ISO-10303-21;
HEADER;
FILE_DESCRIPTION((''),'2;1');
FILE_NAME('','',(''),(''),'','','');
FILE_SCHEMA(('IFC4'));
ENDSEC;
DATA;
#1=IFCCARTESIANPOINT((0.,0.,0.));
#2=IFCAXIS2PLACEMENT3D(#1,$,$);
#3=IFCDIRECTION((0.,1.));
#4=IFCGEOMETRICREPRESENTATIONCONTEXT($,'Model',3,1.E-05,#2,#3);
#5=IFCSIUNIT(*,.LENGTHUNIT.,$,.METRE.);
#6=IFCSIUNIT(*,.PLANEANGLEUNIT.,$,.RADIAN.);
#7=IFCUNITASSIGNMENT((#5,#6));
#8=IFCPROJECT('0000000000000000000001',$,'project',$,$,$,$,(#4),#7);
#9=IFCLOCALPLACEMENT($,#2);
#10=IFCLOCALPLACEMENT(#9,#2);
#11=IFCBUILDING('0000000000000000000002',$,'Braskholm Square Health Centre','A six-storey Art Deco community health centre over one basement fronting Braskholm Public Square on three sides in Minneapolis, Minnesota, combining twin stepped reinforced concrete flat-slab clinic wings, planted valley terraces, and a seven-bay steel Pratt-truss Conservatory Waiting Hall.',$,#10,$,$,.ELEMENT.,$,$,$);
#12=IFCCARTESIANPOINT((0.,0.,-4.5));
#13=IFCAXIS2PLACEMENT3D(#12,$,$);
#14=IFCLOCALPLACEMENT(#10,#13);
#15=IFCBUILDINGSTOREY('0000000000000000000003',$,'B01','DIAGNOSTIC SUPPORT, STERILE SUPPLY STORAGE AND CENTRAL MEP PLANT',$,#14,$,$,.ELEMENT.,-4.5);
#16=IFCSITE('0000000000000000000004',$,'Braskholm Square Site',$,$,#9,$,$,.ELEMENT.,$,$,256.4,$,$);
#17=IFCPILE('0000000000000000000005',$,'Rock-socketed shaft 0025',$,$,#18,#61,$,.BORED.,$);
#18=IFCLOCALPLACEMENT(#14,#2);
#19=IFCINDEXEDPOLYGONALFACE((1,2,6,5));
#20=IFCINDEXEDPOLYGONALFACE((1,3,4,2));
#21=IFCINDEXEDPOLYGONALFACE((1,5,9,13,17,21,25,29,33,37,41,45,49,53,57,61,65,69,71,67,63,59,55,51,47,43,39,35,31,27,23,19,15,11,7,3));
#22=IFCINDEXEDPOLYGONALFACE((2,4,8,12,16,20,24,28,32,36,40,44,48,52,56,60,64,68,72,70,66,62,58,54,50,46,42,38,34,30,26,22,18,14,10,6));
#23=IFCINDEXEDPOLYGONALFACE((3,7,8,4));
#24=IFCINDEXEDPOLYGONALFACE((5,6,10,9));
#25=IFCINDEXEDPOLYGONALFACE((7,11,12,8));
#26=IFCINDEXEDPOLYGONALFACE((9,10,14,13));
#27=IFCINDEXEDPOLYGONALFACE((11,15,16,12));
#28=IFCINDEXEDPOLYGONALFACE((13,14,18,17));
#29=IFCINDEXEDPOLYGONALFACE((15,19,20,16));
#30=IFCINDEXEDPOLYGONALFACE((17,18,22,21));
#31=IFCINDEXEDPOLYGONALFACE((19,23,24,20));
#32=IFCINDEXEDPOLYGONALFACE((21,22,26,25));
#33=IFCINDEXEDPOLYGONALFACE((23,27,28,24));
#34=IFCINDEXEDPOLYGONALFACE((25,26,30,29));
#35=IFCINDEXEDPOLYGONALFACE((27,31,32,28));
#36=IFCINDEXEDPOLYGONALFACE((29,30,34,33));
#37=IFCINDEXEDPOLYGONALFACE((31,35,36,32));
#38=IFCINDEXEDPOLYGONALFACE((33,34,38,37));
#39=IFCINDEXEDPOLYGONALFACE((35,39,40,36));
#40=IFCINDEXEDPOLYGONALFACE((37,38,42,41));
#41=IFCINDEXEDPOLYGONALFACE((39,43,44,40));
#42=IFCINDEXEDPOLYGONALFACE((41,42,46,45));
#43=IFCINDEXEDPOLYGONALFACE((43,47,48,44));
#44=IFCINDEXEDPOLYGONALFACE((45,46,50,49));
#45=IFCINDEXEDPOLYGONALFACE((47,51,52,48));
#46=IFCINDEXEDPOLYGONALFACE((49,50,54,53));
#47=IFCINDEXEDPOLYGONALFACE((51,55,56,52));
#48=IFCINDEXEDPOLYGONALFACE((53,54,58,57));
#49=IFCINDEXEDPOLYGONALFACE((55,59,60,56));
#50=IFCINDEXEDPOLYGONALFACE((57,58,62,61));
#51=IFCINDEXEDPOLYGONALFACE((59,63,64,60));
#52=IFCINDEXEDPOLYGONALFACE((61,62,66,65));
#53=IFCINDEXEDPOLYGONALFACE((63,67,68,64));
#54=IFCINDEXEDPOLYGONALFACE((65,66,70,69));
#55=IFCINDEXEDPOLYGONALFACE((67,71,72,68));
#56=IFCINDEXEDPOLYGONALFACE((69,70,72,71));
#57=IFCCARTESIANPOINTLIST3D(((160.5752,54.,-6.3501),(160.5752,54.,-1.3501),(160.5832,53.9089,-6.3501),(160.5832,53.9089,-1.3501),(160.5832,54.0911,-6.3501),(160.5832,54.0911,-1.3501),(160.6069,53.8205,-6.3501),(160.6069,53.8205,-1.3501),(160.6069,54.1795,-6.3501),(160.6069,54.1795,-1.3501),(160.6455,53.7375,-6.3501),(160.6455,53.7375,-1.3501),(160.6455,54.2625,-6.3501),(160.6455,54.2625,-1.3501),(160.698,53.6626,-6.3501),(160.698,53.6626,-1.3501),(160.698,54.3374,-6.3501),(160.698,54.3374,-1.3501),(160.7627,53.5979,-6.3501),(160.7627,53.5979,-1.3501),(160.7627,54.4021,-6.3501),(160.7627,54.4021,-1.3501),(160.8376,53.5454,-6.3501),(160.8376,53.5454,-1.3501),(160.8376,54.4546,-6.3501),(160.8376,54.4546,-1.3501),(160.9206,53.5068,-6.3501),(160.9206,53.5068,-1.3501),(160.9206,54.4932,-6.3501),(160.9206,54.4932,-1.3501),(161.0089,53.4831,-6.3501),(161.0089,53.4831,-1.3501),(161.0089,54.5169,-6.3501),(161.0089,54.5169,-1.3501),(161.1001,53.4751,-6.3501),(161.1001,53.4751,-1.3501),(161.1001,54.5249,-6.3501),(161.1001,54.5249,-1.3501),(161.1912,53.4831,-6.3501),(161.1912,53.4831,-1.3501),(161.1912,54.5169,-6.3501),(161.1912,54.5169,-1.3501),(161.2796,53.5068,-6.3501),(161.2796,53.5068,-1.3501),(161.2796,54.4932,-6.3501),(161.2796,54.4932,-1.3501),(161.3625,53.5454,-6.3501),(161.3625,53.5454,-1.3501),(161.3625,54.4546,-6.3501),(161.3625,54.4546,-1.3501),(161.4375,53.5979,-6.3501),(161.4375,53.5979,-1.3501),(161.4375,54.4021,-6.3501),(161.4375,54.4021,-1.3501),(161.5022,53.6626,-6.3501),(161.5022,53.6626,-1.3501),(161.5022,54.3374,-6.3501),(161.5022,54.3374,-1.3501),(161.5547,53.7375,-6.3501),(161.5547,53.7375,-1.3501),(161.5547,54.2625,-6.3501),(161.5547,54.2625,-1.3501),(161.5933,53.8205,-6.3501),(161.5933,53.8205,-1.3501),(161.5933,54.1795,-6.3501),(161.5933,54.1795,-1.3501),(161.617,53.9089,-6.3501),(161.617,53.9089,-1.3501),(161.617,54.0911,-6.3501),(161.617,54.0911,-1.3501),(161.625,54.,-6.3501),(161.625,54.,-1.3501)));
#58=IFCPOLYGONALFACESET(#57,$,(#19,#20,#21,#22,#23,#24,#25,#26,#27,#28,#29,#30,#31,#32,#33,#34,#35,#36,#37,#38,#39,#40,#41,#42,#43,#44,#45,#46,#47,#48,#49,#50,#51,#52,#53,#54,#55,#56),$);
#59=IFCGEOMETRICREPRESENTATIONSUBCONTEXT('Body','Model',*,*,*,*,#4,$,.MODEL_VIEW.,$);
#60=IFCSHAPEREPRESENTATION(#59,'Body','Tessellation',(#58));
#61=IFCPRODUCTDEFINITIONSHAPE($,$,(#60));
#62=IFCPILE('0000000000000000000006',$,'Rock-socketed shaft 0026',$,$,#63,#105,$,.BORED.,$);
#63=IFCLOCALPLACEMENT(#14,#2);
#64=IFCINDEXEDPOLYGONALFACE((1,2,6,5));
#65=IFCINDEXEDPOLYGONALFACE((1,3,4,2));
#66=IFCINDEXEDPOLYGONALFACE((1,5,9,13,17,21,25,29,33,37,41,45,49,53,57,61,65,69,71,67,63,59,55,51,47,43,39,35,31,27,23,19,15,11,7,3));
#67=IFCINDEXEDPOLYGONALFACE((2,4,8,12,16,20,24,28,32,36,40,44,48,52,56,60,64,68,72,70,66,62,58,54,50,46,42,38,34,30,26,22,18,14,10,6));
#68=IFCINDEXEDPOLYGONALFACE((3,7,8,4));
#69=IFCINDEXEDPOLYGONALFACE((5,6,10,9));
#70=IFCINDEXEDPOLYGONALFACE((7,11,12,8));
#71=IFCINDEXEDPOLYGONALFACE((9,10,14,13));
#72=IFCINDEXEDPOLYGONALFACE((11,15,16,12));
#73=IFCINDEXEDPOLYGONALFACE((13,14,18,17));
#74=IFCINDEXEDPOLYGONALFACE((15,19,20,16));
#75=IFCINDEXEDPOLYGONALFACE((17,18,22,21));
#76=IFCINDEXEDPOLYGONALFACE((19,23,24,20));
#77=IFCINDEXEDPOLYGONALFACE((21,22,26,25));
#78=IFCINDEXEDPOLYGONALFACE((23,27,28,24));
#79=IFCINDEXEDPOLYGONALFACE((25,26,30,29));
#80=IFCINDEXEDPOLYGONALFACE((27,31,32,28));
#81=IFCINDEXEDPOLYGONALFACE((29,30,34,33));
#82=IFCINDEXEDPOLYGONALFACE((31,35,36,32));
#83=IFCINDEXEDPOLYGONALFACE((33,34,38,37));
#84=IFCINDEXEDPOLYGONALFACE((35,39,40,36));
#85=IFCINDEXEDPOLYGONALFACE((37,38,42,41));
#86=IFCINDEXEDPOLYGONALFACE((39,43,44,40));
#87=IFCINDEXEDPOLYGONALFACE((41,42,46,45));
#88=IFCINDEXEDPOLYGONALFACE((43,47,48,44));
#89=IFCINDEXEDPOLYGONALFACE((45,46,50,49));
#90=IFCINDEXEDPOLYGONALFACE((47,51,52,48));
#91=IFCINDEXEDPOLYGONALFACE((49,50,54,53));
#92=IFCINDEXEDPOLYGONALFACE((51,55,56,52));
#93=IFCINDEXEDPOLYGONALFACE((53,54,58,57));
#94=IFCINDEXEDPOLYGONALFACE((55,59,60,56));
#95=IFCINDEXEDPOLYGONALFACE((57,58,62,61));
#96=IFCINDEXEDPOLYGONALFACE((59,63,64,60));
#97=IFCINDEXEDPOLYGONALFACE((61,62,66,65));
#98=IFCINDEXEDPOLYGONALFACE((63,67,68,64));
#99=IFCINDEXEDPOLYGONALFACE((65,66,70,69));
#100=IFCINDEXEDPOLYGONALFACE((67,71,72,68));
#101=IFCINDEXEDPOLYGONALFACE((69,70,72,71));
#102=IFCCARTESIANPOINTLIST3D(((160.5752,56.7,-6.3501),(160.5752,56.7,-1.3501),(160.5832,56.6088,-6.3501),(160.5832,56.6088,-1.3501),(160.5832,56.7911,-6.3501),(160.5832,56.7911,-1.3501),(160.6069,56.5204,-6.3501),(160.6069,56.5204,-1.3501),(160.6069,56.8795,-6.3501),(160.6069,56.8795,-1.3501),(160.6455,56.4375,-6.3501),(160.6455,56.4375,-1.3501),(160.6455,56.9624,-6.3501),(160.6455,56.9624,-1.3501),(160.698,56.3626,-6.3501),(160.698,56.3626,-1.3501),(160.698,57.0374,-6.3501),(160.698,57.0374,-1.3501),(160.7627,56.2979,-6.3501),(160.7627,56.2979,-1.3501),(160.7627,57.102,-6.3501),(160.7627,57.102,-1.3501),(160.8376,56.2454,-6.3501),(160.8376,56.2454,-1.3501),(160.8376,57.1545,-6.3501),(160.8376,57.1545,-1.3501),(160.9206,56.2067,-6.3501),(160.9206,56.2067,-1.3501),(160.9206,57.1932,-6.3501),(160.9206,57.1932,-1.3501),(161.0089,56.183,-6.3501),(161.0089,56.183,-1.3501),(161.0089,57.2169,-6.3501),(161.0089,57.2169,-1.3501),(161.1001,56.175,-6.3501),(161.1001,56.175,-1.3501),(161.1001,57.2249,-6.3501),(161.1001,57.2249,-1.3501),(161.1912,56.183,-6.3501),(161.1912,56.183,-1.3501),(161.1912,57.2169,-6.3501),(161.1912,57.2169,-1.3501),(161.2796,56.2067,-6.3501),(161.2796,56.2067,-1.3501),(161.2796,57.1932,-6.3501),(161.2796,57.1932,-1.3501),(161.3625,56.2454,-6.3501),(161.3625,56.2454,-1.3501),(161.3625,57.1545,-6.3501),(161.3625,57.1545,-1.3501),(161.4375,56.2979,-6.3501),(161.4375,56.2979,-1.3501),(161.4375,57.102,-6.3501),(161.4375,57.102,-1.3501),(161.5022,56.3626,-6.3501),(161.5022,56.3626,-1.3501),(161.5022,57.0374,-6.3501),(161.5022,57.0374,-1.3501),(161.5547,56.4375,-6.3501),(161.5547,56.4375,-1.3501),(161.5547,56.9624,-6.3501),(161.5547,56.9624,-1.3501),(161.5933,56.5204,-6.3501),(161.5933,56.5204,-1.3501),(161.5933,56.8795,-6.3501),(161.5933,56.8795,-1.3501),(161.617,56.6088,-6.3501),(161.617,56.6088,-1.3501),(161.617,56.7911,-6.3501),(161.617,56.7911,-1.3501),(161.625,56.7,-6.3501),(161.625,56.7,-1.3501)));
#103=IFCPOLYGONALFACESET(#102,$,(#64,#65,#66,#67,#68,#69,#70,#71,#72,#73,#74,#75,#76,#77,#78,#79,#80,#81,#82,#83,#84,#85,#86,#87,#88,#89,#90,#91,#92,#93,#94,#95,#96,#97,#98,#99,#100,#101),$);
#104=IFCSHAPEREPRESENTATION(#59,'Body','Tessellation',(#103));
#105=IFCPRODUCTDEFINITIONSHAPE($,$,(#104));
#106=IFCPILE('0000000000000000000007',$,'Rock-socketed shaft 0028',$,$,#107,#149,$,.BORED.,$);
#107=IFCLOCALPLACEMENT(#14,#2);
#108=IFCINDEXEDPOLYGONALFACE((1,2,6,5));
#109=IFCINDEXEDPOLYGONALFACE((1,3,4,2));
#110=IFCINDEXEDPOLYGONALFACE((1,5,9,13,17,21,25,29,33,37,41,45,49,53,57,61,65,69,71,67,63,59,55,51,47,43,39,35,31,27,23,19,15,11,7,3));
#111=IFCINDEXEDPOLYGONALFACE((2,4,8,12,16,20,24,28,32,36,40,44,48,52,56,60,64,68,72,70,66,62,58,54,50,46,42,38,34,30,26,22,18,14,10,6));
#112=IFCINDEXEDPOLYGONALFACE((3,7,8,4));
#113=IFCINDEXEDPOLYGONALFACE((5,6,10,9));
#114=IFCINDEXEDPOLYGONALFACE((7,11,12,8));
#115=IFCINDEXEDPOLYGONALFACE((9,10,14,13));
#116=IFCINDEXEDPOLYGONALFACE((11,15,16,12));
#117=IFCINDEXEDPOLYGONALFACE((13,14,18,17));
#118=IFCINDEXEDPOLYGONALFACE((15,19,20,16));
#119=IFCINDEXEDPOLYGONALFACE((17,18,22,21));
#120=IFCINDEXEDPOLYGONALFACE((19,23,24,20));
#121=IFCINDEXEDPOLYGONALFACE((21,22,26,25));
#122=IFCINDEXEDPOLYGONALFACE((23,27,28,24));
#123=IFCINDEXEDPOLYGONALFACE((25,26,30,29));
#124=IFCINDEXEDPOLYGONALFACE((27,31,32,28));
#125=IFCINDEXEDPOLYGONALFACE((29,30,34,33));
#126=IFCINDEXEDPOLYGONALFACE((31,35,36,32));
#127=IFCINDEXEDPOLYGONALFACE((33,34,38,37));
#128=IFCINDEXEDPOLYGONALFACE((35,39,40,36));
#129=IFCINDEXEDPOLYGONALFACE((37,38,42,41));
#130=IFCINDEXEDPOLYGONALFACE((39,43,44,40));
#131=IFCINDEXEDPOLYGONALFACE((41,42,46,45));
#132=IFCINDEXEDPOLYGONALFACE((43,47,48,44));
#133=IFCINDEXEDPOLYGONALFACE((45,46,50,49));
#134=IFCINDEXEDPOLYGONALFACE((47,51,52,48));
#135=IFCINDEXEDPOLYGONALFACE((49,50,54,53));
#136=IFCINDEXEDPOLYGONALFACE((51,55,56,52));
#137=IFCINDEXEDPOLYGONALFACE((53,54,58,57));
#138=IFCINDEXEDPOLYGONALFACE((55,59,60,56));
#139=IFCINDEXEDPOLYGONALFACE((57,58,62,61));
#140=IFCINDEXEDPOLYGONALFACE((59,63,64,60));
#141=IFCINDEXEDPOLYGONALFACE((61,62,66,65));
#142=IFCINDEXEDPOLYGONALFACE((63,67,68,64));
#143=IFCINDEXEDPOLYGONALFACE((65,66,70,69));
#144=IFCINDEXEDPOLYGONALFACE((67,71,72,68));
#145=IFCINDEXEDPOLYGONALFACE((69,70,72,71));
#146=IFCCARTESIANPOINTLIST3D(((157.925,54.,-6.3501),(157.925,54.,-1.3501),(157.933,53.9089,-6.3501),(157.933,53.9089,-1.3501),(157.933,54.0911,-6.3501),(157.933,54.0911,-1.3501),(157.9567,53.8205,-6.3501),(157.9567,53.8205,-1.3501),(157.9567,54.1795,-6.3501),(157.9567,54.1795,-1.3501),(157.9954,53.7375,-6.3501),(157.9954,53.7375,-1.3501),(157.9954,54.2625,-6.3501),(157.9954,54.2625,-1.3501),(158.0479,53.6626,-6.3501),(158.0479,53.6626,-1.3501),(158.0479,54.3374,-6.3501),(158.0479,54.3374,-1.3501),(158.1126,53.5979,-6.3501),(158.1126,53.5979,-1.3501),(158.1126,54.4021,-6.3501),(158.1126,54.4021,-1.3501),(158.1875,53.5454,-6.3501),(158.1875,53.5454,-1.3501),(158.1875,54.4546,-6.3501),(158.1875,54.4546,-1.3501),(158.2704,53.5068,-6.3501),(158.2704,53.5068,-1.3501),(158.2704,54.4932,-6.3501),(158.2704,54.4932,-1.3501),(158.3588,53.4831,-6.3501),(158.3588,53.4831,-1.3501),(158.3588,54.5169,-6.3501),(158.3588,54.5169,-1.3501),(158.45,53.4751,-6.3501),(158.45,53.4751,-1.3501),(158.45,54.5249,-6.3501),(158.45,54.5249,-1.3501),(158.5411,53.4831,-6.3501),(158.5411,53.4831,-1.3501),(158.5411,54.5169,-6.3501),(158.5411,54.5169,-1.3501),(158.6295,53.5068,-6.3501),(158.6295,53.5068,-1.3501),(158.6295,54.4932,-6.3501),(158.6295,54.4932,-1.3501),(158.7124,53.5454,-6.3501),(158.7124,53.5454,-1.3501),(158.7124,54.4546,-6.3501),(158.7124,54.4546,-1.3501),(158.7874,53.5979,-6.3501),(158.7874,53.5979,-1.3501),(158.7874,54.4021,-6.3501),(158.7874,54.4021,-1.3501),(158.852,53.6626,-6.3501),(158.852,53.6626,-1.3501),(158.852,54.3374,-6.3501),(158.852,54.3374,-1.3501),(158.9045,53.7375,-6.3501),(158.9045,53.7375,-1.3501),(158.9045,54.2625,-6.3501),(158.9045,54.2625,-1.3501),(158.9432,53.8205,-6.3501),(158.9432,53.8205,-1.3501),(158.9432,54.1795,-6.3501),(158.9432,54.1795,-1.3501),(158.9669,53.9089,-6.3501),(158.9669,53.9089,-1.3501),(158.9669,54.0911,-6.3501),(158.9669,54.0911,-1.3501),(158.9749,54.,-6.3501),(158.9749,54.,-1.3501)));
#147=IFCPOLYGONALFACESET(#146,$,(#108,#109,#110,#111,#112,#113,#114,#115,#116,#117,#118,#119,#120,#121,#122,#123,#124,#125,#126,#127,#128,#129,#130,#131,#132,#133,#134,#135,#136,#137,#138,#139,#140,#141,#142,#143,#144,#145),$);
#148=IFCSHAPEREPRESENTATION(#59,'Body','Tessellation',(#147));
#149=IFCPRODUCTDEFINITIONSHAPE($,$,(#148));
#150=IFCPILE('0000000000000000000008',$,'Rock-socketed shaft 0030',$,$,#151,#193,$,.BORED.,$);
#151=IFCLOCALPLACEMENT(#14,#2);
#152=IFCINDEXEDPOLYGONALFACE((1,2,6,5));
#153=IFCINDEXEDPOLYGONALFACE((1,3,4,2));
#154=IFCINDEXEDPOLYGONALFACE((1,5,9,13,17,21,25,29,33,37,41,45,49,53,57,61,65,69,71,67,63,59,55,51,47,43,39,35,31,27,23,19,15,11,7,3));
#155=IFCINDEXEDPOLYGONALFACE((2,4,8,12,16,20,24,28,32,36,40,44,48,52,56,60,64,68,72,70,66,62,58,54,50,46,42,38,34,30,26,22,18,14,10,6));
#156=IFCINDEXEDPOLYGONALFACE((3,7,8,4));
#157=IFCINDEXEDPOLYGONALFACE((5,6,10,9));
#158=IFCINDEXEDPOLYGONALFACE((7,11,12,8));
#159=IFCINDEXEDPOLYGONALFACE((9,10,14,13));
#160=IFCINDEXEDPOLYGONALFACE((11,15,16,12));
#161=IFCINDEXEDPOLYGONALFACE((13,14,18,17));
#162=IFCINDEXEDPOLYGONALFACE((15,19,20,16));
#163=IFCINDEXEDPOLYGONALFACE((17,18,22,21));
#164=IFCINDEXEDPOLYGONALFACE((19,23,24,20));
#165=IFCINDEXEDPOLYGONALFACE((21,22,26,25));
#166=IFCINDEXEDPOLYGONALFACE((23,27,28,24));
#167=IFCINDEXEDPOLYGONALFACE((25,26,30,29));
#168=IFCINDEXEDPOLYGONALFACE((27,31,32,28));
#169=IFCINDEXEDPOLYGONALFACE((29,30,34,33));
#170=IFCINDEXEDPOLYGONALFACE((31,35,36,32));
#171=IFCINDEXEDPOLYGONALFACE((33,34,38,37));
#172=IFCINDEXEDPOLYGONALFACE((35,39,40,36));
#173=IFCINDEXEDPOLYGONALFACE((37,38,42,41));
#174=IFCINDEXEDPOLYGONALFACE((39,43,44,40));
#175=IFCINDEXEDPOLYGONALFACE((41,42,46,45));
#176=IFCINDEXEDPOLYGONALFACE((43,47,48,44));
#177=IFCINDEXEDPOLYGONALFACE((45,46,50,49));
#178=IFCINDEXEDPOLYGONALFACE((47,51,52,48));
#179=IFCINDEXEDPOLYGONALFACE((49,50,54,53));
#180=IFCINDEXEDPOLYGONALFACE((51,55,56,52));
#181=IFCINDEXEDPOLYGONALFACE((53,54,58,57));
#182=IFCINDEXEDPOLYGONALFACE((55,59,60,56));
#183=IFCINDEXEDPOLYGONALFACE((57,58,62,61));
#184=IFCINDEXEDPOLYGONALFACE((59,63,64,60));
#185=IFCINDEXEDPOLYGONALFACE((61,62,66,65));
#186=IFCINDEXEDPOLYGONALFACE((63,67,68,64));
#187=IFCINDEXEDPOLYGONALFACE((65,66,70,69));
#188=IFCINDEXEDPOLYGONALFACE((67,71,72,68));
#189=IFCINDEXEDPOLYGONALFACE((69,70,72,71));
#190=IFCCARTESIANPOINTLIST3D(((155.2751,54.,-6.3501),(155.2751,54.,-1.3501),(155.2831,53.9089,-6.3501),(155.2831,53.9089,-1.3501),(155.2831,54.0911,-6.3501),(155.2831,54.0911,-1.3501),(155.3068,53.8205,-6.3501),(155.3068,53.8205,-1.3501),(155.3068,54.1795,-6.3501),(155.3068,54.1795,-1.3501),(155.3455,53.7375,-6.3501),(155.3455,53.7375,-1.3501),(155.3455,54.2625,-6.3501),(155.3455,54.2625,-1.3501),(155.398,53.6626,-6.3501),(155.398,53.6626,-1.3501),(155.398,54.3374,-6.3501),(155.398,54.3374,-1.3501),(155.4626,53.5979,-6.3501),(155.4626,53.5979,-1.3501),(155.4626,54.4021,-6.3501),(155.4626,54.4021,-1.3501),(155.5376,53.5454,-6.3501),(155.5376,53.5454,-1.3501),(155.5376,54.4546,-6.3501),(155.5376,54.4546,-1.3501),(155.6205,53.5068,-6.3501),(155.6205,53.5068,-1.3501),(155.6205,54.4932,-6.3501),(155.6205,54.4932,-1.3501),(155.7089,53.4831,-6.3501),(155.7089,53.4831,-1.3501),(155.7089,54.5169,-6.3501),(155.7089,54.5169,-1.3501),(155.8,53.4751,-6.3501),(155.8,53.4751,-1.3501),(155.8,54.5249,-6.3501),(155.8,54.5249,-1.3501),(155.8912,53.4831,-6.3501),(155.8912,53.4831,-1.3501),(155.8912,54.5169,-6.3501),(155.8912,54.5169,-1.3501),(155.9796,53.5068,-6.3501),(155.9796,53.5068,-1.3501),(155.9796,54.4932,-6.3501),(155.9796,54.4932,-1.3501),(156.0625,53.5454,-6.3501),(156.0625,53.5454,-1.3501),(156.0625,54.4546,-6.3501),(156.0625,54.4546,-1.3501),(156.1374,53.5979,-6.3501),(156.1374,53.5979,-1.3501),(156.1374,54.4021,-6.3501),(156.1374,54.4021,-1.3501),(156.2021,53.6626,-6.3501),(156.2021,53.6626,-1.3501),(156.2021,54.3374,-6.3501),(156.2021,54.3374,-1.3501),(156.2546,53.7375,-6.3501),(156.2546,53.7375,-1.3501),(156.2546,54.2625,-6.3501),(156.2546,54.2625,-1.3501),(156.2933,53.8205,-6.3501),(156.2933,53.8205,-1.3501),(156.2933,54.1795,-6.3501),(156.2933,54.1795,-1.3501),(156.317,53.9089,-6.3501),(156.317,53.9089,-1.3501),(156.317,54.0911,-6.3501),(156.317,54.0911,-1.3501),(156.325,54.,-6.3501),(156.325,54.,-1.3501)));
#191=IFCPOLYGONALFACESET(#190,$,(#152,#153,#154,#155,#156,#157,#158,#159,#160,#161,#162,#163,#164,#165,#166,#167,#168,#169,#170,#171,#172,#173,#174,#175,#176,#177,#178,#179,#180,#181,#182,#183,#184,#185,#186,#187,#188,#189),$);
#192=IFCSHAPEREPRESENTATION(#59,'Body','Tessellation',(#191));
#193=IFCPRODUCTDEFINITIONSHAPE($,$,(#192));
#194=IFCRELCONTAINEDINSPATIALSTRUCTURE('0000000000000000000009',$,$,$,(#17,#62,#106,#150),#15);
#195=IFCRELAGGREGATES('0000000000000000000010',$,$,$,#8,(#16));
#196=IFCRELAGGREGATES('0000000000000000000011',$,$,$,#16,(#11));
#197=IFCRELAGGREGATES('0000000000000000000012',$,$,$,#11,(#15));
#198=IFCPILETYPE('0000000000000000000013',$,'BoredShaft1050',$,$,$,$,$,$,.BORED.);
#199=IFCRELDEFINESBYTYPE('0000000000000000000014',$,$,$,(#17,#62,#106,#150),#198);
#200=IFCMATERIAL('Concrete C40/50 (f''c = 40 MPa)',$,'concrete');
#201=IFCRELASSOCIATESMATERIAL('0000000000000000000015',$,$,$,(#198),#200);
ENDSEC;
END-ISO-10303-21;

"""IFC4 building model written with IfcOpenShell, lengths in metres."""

from ifc_helpers import new_model, si_unit, direction, frame, origin, origin_2d, place, context, subcontext, project, spatial, circle, extrude, material, material_profile, profile_set, type_object, element, save


model = new_model("IFC4")

# Units and contexts
model_context = context("Model", 3, precision=1e-05, world=origin(), true_north=direction((0.0, 1.0)))
body_context = subcontext(model_context, "Body", "Model", "MODEL_VIEW")
ifc_project = project(units=[si_unit("LENGTHUNIT", "METRE"), si_unit("PLANEANGLEUNIT", "RADIAN")], contexts=[model_context])

# Site, building, storey
site_placement = place(None, origin())
site = spatial("IfcSite", under=ifc_project, at=site_placement, Name="Braskholm Square Site", CompositionType="ELEMENT", RefElevation=256.4)
building_placement = place(site_placement, origin())
building = spatial("IfcBuilding", under=site, at=building_placement, Name="Braskholm Square Health Centre", Description="A six-storey Art Deco community health centre over one basement fronting Braskholm Public Square on three sides in Minneapolis, Minnesota, combining twin stepped reinforced concrete flat-slab clinic wings, planted valley terraces, and a seven-bay steel Pratt-truss Conservatory Waiting Hall.", CompositionType="ELEMENT")
storey_placement = place(building_placement, frame((0.0, 0.0, -4.5)))
storey = spatial("IfcBuildingStorey", under=building, at=storey_placement, Name="B01", Description="DIAGNOSTIC SUPPORT, STERILE SUPPLY STORAGE AND CENTRAL MEP PLANT", CompositionType="ELEMENT", Elevation=-4.5)

# Piles
ifc_material_1 = material(Name="Concrete C40/50 (f'c = 40 MPa)", Category="concrete")
ifc_material_profile_1 = material_profile(ifc_material_1, circle(Radius=0.5249, at=origin_2d()), Name="BORED-PILE-1050")
ifc_profile_set_1 = profile_set([ifc_material_profile_1], Name="Concrete C40/50 (f'c = 40 MPa)")
pile_type_1 = type_object("IfcPileType", Name="BoredShaft1050", PredefinedType="BORED", material=ifc_profile_set_1)
for number, where, z_axis, x_axis, name in (
    (1, (161.1001, 54.0, -1.3501), (0.0, 0.0, -1.0), (1.0, 0.0, 0.0), "Rock-socketed shaft 0025"),
    (2, (161.1001, 56.7, -1.3501), (0.0, 0.0, -1.0), (1.0, 0.0, 0.0), "Rock-socketed shaft 0026"),
    (3, (158.45, 54.0, -1.3501), (0.0, 0.0, -1.0), (1.0, 0.0, 0.0), "Rock-socketed shaft 0028"),
    (4, (155.8, 54.0, -1.3501), (0.0, 0.0, -1.0), (1.0, 0.0, 0.0), "Rock-socketed shaft 0030"),
):
    element("IfcPile", number, at=place(storey_placement, frame(where, z_axis=z_axis, x_axis=x_axis)), inside=storey, type_object=pile_type_1, Name=name, PredefinedType="BORED", context=body_context, shape_type="SweptSolid", body=[
        extrude(circle(Radius=0.5249, at=origin_2d()), origin(), (0.0, 0.0, 1.0), 5.0),
    ])

save(model, "model.ifc")
